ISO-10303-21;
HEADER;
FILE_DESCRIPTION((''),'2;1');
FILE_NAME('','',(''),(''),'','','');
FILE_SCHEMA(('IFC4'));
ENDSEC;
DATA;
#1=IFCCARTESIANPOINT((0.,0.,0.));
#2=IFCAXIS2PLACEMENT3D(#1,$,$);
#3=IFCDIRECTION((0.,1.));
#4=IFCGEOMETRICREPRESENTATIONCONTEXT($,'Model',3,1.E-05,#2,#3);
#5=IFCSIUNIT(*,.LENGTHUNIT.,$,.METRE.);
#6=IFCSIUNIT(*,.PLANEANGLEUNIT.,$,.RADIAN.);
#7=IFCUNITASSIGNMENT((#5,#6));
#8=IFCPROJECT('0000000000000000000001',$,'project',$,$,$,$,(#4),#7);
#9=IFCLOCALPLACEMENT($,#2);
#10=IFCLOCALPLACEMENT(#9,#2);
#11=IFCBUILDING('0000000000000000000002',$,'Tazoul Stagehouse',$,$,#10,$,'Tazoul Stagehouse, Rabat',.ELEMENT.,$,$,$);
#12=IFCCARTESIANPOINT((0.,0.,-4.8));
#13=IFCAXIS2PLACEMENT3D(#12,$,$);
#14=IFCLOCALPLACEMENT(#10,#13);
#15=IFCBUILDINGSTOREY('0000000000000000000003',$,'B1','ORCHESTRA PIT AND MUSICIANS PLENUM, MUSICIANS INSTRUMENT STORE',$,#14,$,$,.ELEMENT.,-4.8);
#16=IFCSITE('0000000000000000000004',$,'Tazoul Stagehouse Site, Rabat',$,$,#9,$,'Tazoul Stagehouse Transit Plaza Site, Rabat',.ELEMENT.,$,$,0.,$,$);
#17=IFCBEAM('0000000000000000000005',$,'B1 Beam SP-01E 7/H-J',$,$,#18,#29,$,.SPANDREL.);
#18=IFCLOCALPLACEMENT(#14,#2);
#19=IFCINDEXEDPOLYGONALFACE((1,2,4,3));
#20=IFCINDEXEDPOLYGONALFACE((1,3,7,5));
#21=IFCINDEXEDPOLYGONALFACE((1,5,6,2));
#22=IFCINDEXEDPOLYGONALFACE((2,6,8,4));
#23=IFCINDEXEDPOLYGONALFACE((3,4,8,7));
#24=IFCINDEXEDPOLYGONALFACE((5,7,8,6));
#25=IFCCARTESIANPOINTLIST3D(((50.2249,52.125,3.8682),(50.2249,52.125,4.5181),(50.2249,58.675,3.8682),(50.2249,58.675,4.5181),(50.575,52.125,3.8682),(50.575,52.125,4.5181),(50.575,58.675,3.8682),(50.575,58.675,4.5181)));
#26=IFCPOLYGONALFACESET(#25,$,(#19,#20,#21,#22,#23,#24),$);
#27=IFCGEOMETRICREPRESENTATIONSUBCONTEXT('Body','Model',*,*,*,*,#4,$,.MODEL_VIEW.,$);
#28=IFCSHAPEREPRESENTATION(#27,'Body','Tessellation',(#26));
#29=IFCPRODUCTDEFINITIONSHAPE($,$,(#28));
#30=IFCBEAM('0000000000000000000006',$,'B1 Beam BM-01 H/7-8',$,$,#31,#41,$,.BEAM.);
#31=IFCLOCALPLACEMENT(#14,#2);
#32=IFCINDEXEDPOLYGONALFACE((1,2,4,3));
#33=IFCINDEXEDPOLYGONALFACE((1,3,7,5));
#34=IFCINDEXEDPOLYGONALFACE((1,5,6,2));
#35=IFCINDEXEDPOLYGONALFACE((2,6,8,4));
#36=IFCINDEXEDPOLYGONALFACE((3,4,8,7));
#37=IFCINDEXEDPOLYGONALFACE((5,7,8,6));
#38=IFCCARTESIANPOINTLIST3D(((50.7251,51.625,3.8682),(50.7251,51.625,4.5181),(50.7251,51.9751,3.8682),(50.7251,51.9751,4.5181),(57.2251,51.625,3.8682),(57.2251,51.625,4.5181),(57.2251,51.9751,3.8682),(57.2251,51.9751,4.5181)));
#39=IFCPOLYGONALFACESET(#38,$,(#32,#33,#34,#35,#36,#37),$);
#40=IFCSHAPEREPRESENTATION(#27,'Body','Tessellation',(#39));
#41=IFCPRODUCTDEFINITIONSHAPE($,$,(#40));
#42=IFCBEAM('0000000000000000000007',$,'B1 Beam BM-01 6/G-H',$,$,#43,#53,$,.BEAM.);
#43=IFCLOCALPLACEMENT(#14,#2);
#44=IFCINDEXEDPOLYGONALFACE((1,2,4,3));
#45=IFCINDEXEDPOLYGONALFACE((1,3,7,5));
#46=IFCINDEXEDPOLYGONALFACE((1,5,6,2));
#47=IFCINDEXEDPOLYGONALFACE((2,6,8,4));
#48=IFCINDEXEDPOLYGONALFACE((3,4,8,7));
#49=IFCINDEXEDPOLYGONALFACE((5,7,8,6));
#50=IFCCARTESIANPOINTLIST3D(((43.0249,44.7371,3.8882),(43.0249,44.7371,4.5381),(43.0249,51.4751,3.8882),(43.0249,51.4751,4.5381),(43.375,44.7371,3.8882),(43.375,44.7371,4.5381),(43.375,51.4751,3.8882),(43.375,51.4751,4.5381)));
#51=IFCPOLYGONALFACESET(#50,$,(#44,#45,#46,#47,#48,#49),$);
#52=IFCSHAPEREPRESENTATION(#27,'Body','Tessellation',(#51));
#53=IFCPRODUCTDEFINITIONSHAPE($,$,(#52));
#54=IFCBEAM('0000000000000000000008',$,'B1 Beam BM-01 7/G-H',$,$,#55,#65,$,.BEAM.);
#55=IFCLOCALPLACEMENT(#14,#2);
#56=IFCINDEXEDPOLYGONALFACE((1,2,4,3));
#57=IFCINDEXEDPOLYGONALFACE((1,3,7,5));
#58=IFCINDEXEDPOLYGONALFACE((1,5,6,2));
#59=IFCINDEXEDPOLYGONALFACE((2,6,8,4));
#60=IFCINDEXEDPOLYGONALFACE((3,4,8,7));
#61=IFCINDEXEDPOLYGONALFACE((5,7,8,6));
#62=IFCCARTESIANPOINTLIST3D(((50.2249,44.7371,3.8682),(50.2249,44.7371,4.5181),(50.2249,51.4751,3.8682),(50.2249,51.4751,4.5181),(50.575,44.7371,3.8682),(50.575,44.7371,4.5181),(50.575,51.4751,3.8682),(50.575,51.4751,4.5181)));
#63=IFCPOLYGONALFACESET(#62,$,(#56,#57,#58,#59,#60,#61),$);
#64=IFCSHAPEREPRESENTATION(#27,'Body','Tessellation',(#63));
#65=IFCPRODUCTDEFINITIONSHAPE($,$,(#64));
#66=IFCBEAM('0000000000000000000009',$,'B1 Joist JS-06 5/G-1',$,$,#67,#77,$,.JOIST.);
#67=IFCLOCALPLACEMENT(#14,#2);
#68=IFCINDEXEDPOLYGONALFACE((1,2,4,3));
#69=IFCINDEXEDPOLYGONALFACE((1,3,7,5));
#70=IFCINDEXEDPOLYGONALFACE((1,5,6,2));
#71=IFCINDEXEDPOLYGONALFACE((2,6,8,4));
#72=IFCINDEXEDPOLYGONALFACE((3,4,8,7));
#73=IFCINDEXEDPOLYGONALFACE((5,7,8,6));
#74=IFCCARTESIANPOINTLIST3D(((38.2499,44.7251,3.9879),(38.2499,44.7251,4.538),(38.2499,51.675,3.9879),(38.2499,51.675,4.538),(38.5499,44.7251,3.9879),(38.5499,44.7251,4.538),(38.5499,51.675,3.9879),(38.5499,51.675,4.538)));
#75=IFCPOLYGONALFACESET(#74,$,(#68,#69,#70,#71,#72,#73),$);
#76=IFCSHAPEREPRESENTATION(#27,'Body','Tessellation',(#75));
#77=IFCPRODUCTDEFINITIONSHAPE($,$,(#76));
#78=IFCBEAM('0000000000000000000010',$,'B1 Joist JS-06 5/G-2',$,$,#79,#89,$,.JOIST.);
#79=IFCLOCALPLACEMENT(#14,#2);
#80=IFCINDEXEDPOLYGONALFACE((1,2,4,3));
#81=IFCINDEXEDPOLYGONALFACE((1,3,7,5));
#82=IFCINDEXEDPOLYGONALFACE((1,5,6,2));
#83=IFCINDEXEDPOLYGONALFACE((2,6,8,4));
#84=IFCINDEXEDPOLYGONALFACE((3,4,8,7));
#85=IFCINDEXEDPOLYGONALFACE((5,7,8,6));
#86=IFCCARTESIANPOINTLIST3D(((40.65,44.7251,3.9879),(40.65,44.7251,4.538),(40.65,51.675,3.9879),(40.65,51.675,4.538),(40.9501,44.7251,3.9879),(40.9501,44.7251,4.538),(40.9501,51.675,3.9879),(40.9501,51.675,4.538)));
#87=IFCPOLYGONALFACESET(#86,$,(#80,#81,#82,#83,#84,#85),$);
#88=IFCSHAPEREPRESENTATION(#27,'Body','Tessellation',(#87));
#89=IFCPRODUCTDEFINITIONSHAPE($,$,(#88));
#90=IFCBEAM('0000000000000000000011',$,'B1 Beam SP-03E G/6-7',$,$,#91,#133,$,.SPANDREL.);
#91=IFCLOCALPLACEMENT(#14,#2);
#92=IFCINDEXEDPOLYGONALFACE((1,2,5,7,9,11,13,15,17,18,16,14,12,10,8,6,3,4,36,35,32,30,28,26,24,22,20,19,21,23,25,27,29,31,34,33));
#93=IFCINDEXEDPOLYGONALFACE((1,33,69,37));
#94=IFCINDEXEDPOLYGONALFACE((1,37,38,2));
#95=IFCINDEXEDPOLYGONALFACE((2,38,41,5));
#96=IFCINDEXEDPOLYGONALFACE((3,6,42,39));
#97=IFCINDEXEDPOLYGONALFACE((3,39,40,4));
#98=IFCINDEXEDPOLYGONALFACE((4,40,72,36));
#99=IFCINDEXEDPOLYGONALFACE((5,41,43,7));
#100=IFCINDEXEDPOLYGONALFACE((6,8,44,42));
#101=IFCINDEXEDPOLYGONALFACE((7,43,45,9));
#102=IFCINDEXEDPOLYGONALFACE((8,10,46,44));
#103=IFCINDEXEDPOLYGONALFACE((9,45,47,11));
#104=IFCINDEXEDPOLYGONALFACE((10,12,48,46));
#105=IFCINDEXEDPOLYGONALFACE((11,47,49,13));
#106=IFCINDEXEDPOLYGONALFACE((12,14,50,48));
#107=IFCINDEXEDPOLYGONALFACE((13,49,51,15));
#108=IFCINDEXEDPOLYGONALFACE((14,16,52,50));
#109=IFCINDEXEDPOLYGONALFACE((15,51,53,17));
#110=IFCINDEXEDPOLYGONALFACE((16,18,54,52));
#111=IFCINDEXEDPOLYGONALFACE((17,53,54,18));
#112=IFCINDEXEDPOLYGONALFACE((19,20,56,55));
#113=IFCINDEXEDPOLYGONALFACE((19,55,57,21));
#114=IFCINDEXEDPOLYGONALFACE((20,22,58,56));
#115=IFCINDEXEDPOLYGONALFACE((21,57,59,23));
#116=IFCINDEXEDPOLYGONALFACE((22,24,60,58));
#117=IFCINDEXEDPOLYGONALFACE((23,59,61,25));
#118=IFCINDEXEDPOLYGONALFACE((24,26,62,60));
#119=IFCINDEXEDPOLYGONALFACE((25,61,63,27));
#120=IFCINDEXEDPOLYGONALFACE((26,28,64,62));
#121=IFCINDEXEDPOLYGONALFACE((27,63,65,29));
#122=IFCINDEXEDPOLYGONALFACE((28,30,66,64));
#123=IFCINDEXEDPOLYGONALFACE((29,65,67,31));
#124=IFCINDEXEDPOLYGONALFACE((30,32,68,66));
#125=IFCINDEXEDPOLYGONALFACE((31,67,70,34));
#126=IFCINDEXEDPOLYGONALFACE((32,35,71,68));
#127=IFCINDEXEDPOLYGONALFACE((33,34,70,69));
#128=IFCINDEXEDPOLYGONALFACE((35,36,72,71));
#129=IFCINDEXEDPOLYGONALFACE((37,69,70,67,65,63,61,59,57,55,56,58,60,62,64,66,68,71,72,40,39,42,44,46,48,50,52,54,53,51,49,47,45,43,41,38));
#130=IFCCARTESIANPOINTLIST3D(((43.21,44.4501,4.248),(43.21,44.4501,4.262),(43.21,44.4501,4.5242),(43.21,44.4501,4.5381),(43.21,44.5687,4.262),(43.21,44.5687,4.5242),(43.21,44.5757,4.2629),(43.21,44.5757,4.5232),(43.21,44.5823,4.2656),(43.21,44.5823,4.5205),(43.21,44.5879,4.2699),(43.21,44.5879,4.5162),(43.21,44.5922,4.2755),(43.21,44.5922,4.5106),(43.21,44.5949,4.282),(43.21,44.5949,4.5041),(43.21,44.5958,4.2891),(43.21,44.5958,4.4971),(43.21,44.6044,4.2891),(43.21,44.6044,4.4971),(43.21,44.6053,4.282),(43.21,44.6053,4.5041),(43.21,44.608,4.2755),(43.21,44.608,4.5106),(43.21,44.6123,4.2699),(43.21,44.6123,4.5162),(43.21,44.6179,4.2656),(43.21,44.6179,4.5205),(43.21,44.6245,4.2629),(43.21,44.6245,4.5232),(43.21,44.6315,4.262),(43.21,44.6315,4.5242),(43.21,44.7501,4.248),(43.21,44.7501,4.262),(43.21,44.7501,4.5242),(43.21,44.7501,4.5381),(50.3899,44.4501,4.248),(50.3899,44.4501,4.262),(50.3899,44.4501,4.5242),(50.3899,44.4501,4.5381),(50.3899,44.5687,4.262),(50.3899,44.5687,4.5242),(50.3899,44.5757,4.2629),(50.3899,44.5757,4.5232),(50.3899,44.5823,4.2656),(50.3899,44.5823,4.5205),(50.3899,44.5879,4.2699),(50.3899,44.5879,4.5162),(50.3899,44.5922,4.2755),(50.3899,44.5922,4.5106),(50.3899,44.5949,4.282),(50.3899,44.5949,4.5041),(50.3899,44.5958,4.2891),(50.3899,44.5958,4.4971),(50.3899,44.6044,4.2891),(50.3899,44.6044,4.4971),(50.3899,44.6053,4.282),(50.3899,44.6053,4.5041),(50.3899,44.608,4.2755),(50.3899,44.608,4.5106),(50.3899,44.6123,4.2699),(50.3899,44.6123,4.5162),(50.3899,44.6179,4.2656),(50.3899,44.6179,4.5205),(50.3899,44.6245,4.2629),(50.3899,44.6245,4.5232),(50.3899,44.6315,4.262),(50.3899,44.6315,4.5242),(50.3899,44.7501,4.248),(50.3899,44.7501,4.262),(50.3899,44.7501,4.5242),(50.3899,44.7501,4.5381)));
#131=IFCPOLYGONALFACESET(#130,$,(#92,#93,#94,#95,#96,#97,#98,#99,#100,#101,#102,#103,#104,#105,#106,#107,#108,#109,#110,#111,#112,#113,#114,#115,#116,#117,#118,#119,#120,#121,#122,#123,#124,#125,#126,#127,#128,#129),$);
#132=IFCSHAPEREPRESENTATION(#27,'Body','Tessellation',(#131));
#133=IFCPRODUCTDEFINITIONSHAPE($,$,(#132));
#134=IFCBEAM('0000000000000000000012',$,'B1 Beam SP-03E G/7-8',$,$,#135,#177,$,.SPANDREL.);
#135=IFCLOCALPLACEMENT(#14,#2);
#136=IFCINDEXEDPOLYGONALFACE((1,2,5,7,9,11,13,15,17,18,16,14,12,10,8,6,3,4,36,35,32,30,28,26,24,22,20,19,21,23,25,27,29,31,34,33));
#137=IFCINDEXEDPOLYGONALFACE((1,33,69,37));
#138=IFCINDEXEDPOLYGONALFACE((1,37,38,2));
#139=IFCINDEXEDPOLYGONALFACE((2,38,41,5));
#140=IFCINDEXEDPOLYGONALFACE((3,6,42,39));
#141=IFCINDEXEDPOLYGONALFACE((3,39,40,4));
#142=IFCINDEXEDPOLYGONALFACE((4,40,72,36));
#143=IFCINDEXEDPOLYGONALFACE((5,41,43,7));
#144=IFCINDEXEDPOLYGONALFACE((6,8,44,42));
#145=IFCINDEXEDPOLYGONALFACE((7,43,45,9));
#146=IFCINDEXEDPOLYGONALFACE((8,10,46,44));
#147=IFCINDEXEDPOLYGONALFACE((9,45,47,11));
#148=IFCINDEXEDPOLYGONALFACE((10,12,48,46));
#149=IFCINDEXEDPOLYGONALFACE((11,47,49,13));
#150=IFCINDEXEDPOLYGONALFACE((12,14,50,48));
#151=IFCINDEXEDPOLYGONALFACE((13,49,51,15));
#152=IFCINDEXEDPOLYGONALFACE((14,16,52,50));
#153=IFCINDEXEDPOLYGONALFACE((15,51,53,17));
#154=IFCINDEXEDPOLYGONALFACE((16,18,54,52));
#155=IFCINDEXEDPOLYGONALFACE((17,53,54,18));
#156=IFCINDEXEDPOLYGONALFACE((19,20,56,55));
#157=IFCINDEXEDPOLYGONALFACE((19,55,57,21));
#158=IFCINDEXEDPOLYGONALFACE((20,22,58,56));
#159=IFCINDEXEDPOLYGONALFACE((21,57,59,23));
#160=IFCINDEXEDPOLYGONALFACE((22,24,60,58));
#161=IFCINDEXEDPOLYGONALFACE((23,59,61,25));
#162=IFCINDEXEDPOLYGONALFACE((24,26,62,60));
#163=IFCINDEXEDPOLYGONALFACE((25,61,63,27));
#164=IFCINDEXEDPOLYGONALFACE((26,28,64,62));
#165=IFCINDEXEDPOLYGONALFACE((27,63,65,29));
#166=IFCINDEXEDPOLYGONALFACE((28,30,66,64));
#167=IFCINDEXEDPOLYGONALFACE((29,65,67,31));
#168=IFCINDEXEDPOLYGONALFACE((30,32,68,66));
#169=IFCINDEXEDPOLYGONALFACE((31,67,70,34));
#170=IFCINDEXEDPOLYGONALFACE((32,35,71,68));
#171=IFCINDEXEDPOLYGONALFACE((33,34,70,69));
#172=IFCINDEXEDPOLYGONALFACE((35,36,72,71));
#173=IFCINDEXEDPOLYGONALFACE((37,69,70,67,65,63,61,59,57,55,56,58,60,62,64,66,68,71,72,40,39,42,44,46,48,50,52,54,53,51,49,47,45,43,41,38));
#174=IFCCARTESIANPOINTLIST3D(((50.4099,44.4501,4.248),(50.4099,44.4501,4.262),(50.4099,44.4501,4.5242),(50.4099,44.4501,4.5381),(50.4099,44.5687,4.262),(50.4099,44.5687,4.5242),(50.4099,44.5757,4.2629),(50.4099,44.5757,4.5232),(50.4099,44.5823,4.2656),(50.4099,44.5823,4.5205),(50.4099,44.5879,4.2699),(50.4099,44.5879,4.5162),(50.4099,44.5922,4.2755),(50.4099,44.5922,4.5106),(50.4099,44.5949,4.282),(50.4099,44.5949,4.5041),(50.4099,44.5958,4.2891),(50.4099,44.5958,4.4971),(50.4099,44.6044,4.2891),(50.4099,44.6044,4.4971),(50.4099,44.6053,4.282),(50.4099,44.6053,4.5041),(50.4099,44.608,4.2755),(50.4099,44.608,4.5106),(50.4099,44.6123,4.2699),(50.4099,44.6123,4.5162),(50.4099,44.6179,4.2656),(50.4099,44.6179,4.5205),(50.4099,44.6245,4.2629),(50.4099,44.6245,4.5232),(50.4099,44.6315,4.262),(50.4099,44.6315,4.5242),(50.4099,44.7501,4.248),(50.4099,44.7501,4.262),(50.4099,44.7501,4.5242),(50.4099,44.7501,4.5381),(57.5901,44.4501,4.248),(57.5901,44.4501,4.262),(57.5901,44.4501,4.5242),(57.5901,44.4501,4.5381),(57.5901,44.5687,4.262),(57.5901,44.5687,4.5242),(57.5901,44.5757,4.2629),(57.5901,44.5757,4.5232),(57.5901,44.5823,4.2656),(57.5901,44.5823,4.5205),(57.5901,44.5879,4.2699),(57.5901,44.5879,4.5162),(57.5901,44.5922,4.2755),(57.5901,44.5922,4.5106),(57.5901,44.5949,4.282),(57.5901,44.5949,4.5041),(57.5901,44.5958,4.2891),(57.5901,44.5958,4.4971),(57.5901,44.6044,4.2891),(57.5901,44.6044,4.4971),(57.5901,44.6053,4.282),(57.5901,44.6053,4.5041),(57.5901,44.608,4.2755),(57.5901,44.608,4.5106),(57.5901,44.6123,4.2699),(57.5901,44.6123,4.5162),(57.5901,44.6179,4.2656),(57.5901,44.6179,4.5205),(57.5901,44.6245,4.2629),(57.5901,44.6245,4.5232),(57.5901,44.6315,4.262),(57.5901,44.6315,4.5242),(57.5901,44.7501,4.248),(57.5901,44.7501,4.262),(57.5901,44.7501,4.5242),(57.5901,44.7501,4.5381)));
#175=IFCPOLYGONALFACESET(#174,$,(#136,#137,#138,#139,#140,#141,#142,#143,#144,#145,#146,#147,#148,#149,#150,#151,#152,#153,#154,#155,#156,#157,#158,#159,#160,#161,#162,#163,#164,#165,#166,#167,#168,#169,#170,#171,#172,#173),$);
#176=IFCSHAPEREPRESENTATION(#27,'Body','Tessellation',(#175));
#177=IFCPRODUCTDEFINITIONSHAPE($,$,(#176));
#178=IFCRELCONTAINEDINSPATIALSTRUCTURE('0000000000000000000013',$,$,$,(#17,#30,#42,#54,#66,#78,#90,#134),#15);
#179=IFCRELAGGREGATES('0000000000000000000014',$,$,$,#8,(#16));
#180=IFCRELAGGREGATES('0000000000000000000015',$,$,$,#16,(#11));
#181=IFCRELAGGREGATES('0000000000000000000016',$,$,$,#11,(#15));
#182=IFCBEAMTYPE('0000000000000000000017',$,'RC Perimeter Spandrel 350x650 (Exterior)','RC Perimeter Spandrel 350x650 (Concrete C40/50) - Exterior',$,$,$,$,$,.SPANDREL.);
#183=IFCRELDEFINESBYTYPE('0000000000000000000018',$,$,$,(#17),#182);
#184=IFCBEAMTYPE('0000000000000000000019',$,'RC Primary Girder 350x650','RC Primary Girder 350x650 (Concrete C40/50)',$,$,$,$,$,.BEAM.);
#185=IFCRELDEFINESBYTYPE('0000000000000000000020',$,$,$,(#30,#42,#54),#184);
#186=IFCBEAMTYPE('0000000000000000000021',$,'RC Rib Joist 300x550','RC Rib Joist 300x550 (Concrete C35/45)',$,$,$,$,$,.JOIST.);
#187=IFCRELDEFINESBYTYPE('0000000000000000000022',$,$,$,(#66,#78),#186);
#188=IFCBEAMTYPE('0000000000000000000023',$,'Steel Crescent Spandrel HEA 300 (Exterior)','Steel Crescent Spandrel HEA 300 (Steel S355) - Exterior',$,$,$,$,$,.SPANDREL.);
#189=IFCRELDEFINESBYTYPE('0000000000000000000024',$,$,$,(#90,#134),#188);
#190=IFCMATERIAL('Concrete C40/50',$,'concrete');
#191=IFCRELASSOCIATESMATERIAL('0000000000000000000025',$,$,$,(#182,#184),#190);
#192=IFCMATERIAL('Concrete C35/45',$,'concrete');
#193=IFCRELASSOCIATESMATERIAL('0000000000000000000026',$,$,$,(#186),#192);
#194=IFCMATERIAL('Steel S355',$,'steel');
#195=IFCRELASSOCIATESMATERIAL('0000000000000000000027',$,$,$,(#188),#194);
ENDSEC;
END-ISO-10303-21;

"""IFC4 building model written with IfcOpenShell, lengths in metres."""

from ifc_helpers import new_model, si_unit, direction, frame, origin, origin_2d, place, context, subcontext, project, spatial, rectangle, i_section, extrude, material, material_profile, profile_set, type_object, element, save


model = new_model("IFC4")

# Units and contexts
model_context = context("Model", 3, precision=1e-05, world=origin(), true_north=direction((0.0, 1.0)))
body_context = subcontext(model_context, "Body", "Model", "MODEL_VIEW")
ifc_project = project(units=[si_unit("LENGTHUNIT", "METRE"), si_unit("PLANEANGLEUNIT", "RADIAN")], contexts=[model_context])

# Site, building, storey
site_placement = place(None, origin())
site = spatial("IfcSite", under=ifc_project, at=site_placement, Name="Tazoul Stagehouse Site, Rabat", LongName="Tazoul Stagehouse Transit Plaza Site, Rabat", CompositionType="ELEMENT", RefElevation=0.0)
building_placement = place(site_placement, origin())
building = spatial("IfcBuilding", under=site, at=building_placement, Name="Tazoul Stagehouse", LongName="Tazoul Stagehouse, Rabat", CompositionType="ELEMENT")
storey_placement = place(building_placement, frame((0.0, 0.0, -4.8)))
storey = spatial("IfcBuildingStorey", under=building, at=storey_placement, Name="B1", Description="ORCHESTRA PIT AND MUSICIANS PLENUM, MUSICIANS INSTRUMENT STORE", CompositionType="ELEMENT", Elevation=-4.8)

# Shared definitions
ifc_material_1 = material(Name="Concrete C35/45", Category="concrete")

# Shared definitions
ifc_material_2 = material(Name="Concrete C40/50", Category="concrete")
ifc_material_3 = material(Name="Steel S355", Category="steel")

# Beams
ifc_material_profile_1 = material_profile(ifc_material_2, rectangle(XDim=0.3501, YDim=0.6499, at=origin_2d()), Name="RC 350x650")
ifc_profile_set_1 = profile_set([ifc_material_profile_1], Name="Concrete C40/50")
beam_type_1 = type_object("IfcBeamType", Name="RC Perimeter Spandrel 350x650 (Exterior)", Description="RC Perimeter Spandrel 350x650 (Concrete C40/50) - Exterior", PredefinedType="SPANDREL", material=ifc_profile_set_1)
beam_1_placement = place(storey_placement, frame((50.3999, 52.125, 4.1931), z_axis=(0.0, 1.0, 0.0), x_axis=(-1.0, 0.0, 0.0)))
element("IfcBeam", 1, at=beam_1_placement, inside=storey, type_object=beam_type_1, Name="B1 Beam SP-01E 7/H-J", PredefinedType="SPANDREL", context=body_context, shape_type="SweptSolid", body=[
    extrude(rectangle(XDim=0.3501, YDim=0.6499, at=origin_2d()), origin(), (0.0, 0.0, 1.0), 6.55),
])
ifc_material_profile_2 = material_profile(ifc_material_2, rectangle(XDim=0.3501, YDim=0.6499, at=origin_2d()), Name="RC 350x650")
ifc_profile_set_2 = profile_set([ifc_material_profile_2], Name="Concrete C40/50")
beam_type_2 = type_object("IfcBeamType", Name="RC Primary Girder 350x650", Description="RC Primary Girder 350x650 (Concrete C40/50)", PredefinedType="BEAM", material=ifc_profile_set_2)
beam_2_placement = place(storey_placement, frame((50.7251, 51.8, 4.1931), z_axis=(1.0, 0.0, 0.0), x_axis=(0.0, 1.0, 0.0)))
element("IfcBeam", 2, at=beam_2_placement, inside=storey, type_object=beam_type_2, Name="B1 Beam BM-01 H/7-8", PredefinedType="BEAM", context=body_context, shape_type="SweptSolid", body=[
    extrude(rectangle(XDim=0.3501, YDim=0.6499, at=origin_2d()), origin(), (0.0, 0.0, 1.0), 6.5),
])
for number, where, z_axis, x_axis, name in (
    (3, (43.2, 44.7371, 4.2131), (0.0, 1.0, 0.0), (-1.0, 0.0, 0.0), "B1 Beam BM-01 6/G-H"),
    (4, (50.3999, 44.7371, 4.1931), (0.0, 1.0, 0.0), (-1.0, 0.0, 0.0), "B1 Beam BM-01 7/G-H"),
):
    element("IfcBeam", number, at=place(storey_placement, frame(where, z_axis=z_axis, x_axis=x_axis)), inside=storey, type_object=beam_type_2, Name=name, PredefinedType="BEAM", context=body_context, shape_type="SweptSolid", body=[
        extrude(rectangle(XDim=0.3501, YDim=0.6499, at=origin_2d()), origin(), (0.0, 0.0, 1.0), 6.738),
    ])
ifc_material_profile_3 = material_profile(ifc_material_1, rectangle(XDim=0.3, YDim=0.55, at=origin_2d()), Name="RC 300x550")
ifc_profile_set_3 = profile_set([ifc_material_profile_3], Name="Concrete C35/45")
beam_type_3 = type_object("IfcBeamType", Name="RC Rib Joist 300x550", Description="RC Rib Joist 300x550 (Concrete C35/45)", PredefinedType="JOIST", material=ifc_profile_set_3)
for number, where, z_axis, x_axis, name in (
    (5, (38.3999, 44.7251, 4.2629), (0.0, 1.0, 0.0), (-1.0, 0.0, 0.0), "B1 Joist JS-06 5/G-1"),
    (6, (40.8, 44.7251, 4.2629), (0.0, 1.0, 0.0), (-1.0, 0.0, 0.0), "B1 Joist JS-06 5/G-2"),
):
    element("IfcBeam", number, at=place(storey_placement, frame(where, z_axis=z_axis, x_axis=x_axis)), inside=storey, type_object=beam_type_3, Name=name, PredefinedType="JOIST", context=body_context, shape_type="SweptSolid", body=[
        extrude(rectangle(XDim=0.3, YDim=0.55, at=origin_2d()), origin(), (0.0, 0.0, 1.0), 6.95),
    ])
ifc_material_profile_4 = material_profile(ifc_material_3, i_section(OverallWidth=0.3, OverallDepth=0.29, WebThickness=0.0085, FlangeThickness=0.0139, FilletRadius=0.0271, at=origin_2d()), Name="HEA 300")
ifc_profile_set_4 = profile_set([ifc_material_profile_4], Name="Steel S355")
beam_type_4 = type_object("IfcBeamType", Name="Steel Crescent Spandrel HEA 300 (Exterior)", Description="Steel Crescent Spandrel HEA 300 (Steel S355) - Exterior", PredefinedType="SPANDREL", material=ifc_profile_set_4)
beam_3_placement = place(storey_placement, frame((43.21, 44.6001, 4.3931), z_axis=(1.0, 0.0, 0.0), x_axis=(0.0, 1.0, 0.0)))
element("IfcBeam", 7, at=beam_3_placement, inside=storey, type_object=beam_type_4, Name="B1 Beam SP-03E G/6-7", PredefinedType="SPANDREL", context=body_context, shape_type="SweptSolid", body=[
    extrude(i_section(OverallWidth=0.3, OverallDepth=0.29, WebThickness=0.0085, FlangeThickness=0.0139, FilletRadius=0.0271, at=origin_2d()), origin(), (0.0, 0.0, 1.0), 7.1799),
])
beam_4_placement = place(storey_placement, frame((50.4099, 44.6001, 4.3931), z_axis=(1.0, 0.0, 0.0), x_axis=(0.0, 1.0, 0.0)))
element("IfcBeam", 8, at=beam_4_placement, inside=storey, type_object=beam_type_4, Name="B1 Beam SP-03E G/7-8", PredefinedType="SPANDREL", context=body_context, shape_type="SweptSolid", body=[
    extrude(i_section(OverallWidth=0.3, OverallDepth=0.29, WebThickness=0.0085, FlangeThickness=0.0139, FilletRadius=0.0271, at=origin_2d()), origin(), (0.0, 0.0, 1.0), 7.1802),
])

save(model, "model.ifc")
